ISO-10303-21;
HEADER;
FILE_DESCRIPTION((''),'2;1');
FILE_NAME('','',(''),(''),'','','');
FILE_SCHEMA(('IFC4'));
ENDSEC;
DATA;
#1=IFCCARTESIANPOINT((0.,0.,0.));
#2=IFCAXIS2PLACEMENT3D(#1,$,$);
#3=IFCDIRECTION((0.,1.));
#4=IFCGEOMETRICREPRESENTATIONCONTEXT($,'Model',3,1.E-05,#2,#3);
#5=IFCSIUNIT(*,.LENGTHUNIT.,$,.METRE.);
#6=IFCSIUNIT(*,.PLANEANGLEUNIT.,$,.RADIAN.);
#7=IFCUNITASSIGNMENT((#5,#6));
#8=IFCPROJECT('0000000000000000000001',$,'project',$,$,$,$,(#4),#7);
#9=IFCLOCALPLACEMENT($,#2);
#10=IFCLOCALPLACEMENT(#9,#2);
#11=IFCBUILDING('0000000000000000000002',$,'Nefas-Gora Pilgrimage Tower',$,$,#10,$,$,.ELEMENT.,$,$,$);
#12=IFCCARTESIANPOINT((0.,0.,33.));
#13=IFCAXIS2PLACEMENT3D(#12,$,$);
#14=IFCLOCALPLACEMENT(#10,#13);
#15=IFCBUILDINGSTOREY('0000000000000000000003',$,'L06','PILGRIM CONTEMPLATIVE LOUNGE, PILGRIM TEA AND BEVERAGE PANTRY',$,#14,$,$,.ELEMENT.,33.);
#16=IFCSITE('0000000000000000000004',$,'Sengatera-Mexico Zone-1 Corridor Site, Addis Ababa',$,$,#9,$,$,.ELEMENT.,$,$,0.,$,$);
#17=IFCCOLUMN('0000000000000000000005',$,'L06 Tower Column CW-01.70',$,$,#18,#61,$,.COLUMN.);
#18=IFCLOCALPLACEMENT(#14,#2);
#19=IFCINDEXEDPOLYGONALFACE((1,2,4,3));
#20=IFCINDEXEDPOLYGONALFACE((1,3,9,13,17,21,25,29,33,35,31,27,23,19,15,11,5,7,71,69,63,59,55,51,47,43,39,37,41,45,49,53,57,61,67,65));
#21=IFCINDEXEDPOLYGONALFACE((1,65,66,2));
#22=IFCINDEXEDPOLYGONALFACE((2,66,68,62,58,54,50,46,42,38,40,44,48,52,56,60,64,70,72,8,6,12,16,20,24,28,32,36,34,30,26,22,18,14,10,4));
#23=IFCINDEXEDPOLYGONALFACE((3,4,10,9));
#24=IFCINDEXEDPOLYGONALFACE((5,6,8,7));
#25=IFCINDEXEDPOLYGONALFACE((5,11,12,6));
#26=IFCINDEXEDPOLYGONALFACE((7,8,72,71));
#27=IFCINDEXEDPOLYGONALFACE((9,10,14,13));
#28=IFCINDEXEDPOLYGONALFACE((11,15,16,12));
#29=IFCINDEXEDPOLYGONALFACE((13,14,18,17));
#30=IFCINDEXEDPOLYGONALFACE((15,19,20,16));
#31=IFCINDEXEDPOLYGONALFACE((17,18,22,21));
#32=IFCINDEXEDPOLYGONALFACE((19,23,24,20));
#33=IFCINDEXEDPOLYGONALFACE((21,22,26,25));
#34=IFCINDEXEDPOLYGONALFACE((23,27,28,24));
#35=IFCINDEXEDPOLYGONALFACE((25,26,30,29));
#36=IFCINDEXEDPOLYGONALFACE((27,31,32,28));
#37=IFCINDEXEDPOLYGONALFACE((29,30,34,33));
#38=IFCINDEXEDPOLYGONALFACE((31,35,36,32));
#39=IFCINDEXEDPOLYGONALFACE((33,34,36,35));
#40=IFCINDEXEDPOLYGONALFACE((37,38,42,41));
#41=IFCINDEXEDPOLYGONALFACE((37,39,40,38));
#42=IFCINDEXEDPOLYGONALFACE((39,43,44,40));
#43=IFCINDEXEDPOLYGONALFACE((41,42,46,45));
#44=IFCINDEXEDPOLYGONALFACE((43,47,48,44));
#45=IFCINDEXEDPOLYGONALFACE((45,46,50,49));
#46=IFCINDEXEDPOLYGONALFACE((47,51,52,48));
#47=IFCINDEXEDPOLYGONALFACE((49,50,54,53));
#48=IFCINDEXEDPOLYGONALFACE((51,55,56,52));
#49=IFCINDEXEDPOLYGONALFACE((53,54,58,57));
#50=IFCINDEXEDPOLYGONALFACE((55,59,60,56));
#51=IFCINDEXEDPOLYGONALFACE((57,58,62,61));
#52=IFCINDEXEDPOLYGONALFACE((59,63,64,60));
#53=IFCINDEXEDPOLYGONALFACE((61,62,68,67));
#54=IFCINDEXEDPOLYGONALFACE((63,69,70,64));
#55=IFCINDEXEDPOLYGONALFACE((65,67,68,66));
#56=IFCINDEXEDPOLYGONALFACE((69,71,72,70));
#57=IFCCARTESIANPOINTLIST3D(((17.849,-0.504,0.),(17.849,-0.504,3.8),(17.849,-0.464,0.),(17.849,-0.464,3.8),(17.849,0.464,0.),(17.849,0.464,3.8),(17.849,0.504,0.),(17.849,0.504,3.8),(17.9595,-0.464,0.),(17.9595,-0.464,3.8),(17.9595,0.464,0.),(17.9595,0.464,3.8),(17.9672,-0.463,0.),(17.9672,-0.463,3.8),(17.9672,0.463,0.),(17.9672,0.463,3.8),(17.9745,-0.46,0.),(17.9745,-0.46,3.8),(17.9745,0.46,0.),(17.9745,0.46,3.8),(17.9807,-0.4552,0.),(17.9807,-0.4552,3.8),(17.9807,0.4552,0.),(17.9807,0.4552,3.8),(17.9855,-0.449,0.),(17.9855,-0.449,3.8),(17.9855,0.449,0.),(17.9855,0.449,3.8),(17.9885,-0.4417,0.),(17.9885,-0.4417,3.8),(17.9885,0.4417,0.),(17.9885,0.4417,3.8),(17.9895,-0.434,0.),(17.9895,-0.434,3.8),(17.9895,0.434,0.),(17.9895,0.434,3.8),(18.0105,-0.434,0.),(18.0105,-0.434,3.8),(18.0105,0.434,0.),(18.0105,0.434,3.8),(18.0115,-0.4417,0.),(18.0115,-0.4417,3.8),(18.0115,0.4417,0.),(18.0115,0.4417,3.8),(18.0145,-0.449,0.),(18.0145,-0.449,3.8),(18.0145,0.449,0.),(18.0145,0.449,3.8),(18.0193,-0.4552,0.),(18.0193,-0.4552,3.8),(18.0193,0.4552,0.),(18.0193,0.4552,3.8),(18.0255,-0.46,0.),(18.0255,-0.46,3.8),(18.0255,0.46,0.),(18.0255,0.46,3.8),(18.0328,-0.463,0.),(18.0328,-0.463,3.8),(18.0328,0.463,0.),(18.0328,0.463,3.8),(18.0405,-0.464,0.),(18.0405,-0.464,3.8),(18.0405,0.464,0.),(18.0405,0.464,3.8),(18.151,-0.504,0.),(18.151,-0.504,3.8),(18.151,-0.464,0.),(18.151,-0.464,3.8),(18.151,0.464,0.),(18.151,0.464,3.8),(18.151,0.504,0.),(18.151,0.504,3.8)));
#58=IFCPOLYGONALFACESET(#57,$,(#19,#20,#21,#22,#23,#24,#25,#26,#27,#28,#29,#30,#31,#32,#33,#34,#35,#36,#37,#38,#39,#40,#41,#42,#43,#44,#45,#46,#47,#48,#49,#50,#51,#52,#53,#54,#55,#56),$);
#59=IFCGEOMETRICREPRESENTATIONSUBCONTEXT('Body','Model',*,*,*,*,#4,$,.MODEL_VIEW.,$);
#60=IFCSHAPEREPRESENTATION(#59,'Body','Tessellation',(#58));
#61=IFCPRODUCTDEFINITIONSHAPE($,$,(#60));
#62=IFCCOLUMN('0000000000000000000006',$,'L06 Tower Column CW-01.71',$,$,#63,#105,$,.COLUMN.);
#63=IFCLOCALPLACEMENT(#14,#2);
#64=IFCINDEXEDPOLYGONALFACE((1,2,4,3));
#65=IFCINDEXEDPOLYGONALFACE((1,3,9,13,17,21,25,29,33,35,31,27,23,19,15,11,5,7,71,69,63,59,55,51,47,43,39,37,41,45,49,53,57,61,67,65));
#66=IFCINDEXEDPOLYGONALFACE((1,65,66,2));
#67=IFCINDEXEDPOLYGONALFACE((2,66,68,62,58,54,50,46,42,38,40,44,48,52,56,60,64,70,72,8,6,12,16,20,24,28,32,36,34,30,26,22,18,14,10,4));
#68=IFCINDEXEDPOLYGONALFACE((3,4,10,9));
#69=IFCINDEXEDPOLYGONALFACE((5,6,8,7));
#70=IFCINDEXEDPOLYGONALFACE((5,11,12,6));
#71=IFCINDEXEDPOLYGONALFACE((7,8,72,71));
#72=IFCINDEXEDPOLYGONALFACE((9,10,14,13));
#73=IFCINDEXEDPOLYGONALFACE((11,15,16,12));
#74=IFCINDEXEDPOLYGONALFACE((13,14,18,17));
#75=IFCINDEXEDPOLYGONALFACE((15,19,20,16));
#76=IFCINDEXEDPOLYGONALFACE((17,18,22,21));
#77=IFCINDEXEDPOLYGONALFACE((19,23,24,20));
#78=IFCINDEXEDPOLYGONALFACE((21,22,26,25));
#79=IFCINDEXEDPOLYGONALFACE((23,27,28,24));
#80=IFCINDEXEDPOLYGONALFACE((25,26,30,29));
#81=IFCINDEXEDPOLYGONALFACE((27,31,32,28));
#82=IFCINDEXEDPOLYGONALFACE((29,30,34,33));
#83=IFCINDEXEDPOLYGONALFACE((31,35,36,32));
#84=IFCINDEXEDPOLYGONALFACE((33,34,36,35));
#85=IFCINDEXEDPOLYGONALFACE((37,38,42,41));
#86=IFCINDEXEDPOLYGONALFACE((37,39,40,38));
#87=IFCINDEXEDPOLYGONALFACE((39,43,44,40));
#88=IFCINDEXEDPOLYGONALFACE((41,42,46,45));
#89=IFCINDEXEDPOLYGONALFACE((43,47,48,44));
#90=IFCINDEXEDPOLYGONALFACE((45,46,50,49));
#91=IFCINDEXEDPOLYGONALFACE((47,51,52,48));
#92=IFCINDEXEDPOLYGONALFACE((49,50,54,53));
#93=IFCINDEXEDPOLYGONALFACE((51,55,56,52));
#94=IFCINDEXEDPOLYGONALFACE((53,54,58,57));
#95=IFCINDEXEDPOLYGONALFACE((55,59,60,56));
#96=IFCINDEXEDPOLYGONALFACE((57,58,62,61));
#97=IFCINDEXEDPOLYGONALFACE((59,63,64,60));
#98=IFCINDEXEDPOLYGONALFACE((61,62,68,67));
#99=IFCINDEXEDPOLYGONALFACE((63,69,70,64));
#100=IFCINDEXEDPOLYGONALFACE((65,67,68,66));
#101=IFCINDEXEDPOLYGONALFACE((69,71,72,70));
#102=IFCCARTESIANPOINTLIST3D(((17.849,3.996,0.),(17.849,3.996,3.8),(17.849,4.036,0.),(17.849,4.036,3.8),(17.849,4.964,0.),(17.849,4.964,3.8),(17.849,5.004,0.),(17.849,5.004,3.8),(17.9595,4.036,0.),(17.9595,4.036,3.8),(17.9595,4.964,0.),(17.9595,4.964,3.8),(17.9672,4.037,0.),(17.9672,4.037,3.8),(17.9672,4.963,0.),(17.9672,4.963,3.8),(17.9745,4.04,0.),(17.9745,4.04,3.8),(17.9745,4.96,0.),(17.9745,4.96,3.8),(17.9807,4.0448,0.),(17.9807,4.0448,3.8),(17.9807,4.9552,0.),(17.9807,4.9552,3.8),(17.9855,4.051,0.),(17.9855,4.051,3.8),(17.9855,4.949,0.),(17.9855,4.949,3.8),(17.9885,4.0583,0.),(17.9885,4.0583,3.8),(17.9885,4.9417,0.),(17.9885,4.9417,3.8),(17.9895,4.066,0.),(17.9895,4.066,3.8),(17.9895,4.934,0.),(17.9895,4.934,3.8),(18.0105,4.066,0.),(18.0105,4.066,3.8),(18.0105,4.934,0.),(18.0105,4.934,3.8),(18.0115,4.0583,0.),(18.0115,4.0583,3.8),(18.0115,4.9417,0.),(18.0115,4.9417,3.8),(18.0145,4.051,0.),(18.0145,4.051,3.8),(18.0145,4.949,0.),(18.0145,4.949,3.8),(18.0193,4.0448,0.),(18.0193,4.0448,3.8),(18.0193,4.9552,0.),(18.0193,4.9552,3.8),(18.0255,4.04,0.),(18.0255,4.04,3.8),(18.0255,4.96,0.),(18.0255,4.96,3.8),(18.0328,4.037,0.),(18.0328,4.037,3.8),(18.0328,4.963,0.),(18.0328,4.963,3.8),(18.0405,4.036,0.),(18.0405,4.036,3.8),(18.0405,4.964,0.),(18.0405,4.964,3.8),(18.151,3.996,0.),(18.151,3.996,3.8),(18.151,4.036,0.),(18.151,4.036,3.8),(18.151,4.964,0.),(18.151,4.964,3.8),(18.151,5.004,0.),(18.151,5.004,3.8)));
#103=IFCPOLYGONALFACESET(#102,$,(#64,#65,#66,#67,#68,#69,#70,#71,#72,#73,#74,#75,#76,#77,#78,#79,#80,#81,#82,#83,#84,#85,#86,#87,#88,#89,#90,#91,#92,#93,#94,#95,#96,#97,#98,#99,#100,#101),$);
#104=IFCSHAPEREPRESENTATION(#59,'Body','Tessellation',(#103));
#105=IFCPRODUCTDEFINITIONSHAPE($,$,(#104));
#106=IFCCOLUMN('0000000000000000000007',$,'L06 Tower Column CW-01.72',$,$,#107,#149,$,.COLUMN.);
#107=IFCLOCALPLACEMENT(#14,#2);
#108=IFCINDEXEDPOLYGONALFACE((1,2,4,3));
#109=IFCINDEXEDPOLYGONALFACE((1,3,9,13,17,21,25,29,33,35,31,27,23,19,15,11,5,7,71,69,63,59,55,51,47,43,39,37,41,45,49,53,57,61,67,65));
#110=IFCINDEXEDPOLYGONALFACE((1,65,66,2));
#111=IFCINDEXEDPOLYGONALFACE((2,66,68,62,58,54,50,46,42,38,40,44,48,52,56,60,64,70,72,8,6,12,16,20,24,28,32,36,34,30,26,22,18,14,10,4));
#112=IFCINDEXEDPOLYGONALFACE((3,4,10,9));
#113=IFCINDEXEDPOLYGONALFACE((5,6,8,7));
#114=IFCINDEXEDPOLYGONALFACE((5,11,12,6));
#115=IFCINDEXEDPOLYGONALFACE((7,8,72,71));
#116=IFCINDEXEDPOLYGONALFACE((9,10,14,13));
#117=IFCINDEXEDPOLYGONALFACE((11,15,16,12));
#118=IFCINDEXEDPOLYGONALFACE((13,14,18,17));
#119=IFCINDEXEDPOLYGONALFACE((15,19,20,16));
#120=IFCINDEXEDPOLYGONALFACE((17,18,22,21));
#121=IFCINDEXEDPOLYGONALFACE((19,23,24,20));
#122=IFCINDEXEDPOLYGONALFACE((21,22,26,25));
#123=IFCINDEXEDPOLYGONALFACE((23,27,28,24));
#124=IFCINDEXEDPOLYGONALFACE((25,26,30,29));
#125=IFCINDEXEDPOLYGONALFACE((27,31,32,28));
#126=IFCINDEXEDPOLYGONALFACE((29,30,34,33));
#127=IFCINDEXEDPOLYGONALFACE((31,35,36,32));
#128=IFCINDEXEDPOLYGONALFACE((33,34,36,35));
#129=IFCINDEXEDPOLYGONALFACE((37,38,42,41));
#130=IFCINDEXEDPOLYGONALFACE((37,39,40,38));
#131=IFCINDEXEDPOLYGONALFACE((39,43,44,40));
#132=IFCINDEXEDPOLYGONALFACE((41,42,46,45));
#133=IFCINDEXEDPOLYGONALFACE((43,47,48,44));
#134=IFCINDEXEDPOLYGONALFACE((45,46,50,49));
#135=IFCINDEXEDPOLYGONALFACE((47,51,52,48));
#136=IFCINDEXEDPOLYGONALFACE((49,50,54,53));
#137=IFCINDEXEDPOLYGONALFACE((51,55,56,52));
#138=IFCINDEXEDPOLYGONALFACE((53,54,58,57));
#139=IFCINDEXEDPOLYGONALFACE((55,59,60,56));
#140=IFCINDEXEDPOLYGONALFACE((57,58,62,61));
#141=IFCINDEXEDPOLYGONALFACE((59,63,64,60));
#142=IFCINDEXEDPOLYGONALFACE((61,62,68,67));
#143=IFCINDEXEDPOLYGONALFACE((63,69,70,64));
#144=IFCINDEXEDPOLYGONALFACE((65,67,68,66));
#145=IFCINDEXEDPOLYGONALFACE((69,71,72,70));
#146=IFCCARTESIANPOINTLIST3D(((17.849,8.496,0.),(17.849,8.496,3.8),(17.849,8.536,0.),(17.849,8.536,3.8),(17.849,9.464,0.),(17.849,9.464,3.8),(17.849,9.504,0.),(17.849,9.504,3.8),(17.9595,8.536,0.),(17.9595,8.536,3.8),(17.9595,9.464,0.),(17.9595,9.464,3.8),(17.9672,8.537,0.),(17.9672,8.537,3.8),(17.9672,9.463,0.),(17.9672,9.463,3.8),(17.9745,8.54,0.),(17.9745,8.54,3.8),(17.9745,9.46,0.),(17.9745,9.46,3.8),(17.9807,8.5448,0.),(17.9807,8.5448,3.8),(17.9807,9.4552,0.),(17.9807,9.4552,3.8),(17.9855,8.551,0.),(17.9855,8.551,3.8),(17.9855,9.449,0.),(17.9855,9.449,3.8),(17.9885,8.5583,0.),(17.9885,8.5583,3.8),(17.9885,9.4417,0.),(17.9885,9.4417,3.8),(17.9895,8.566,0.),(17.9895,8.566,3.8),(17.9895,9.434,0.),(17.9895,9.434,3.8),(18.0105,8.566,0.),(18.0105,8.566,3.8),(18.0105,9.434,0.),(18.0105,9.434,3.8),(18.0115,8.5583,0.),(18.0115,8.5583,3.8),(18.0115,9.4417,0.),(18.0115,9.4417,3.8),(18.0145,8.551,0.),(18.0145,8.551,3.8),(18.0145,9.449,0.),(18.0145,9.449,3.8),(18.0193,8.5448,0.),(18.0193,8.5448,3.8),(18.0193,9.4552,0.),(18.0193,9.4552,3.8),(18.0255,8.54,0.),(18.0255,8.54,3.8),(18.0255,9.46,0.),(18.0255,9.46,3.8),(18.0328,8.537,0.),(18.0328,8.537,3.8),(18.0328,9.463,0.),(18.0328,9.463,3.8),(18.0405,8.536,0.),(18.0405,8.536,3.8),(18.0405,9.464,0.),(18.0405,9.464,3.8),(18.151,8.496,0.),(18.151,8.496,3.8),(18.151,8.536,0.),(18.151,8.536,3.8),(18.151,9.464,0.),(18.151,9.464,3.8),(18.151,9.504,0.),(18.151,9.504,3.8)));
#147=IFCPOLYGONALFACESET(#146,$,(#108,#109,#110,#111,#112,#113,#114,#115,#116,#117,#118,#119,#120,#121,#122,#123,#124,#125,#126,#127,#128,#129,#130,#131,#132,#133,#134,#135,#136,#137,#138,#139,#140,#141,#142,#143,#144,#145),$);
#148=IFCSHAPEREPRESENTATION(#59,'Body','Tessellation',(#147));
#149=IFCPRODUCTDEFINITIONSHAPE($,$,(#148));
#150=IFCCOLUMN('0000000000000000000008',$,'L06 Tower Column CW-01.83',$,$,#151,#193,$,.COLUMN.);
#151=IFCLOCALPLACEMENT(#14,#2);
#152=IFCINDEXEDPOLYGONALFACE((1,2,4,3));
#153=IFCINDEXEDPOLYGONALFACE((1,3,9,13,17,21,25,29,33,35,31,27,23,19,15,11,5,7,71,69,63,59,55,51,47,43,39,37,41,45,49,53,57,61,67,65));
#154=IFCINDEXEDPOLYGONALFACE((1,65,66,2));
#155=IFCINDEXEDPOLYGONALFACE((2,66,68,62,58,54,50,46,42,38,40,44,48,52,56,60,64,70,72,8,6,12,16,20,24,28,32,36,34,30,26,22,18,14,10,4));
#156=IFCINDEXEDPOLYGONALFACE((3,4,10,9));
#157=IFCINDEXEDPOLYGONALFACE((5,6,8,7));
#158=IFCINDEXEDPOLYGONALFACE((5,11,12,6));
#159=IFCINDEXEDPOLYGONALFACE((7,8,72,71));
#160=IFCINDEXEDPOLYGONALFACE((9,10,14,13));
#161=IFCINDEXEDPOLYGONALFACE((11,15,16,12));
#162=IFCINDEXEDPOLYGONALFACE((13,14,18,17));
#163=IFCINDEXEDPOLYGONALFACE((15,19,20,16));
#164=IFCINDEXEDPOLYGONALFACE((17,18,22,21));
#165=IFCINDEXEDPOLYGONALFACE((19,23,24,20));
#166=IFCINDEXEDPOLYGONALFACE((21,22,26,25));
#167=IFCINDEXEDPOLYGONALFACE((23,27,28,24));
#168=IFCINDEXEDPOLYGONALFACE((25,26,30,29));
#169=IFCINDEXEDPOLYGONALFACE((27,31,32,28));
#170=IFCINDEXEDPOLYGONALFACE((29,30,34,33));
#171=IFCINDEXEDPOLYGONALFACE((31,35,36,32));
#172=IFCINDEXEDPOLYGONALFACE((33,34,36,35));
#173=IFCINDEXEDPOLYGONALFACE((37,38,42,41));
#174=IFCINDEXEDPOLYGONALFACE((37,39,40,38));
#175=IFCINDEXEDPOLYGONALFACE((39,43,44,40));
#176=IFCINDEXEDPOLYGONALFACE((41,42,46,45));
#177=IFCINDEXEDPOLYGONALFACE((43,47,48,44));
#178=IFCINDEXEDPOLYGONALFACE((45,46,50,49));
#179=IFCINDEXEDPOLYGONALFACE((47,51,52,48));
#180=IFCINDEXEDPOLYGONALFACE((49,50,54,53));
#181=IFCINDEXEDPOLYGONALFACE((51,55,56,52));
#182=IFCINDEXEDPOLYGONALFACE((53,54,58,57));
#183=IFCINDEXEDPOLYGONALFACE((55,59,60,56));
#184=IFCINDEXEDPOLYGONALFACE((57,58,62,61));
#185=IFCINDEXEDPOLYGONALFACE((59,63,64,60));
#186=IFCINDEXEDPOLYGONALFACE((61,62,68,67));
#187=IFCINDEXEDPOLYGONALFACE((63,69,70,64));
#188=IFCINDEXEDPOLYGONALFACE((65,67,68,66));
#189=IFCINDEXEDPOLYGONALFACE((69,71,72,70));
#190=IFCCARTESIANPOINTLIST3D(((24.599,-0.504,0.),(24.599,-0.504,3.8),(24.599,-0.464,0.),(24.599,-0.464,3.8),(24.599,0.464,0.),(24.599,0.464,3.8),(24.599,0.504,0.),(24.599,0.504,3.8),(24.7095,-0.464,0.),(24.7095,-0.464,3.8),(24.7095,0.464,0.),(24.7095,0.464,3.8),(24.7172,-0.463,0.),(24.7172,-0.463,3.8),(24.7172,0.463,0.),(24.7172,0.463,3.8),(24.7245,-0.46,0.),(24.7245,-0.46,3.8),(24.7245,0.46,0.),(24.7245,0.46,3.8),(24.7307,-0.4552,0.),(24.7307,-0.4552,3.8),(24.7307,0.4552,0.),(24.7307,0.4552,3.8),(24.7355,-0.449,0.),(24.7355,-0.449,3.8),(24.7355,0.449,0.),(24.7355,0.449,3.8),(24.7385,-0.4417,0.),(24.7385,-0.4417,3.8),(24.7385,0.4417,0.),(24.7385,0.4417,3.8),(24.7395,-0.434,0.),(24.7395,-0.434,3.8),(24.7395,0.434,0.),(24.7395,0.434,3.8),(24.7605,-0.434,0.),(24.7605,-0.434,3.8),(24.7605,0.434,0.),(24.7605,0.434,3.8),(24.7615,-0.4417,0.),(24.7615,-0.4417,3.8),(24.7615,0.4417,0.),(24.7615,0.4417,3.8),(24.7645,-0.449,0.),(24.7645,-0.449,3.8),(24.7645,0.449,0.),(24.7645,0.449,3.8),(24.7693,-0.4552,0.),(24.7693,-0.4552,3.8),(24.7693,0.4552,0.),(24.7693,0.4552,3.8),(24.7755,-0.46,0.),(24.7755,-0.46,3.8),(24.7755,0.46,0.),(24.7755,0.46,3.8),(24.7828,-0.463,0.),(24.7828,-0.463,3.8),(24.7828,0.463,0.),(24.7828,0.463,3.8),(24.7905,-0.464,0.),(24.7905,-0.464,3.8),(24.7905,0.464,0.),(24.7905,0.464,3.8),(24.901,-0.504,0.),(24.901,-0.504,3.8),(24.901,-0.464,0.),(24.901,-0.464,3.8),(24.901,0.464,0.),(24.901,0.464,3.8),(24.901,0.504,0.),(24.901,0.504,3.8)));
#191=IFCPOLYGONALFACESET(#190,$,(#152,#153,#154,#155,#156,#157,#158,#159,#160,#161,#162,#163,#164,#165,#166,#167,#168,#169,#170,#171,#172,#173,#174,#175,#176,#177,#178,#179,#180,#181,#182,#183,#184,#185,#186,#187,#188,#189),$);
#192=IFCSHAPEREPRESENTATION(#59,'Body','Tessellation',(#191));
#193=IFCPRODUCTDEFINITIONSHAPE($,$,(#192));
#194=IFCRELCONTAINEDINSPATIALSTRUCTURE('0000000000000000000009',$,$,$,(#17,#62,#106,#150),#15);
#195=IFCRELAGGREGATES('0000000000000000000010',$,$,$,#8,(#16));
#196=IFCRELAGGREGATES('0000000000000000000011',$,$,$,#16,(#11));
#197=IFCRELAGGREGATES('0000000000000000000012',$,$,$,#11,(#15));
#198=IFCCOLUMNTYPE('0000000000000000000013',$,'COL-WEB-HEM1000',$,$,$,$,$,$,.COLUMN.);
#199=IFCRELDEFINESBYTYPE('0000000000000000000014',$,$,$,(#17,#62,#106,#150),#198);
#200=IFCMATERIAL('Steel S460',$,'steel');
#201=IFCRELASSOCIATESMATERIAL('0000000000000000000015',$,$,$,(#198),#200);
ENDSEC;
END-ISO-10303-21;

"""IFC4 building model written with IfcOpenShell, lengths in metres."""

from ifc_helpers import new_model, si_unit, direction, frame, origin, origin_2d, place, context, subcontext, project, spatial, i_section, extrude, source, transform, mapped, material, material_profile, profile_set, type_object, element, save


model = new_model("IFC4")

# Units and contexts
model_context = context("Model", 3, precision=1e-05, world=origin(), true_north=direction((0.0, 1.0)))
body_context = subcontext(model_context, "Body", "Model", "MODEL_VIEW")
ifc_project = project(units=[si_unit("LENGTHUNIT", "METRE"), si_unit("PLANEANGLEUNIT", "RADIAN")], contexts=[model_context])

# Site, building, storey
site_placement = place(None, origin())
site = spatial("IfcSite", under=ifc_project, at=site_placement, Name="Sengatera-Mexico Zone-1 Corridor Site, Addis Ababa", CompositionType="ELEMENT", RefElevation=0.0)
building_placement = place(site_placement, origin())
building = spatial("IfcBuilding", under=site, at=building_placement, Name="Nefas-Gora Pilgrimage Tower", CompositionType="ELEMENT")
storey_placement = place(building_placement, frame((0.0, 0.0, 33.0)))
storey = spatial("IfcBuildingStorey", under=building, at=storey_placement, Name="L06", Description="PILGRIM CONTEMPLATIVE LOUNGE, PILGRIM TEA AND BEVERAGE PANTRY", CompositionType="ELEMENT", Elevation=33.0)

# Columns
ifc_material_1 = material(Name="Steel S460", Category="steel")
ifc_material_profile_1 = material_profile(ifc_material_1, i_section(OverallWidth=0.302, OverallDepth=1.0081, WebThickness=0.021, FlangeThickness=0.04, FilletRadius=0.03, at=origin_2d()), Name="HEM 1000")
ifc_profile_set_1 = profile_set([ifc_material_profile_1], Name="Steel S460")
column_type_1 = type_object("IfcColumnType", Name="COL-WEB-HEM1000", PredefinedType="COLUMN", material=ifc_profile_set_1)
shared_shape_1 = source(origin(), body_context, "Body", "SweptSolid", [
    extrude(i_section(OverallWidth=0.302, OverallDepth=1.0081, WebThickness=0.021, FlangeThickness=0.04, FilletRadius=0.03, at=origin_2d()), origin(), (0.0, 0.0, 1.0), 3.8),
])
for number, where, z_axis, x_axis, name in (
    (1, (18.0, 0.0, 0.0), (0.0, 0.0, 1.0), (1.0, 0.0, 0.0), "L06 Tower Column CW-01.70"),
    (2, (18.0, 4.5, 0.0), (0.0, 0.0, 1.0), (1.0, 0.0, 0.0), "L06 Tower Column CW-01.71"),
    (3, (18.0, 9.0, 0.0), (0.0, 0.0, 1.0), (1.0, 0.0, 0.0), "L06 Tower Column CW-01.72"),
    (4, (24.75, 0.0, 0.0), (0.0, 0.0, 1.0), (1.0, 0.0, 0.0), "L06 Tower Column CW-01.83"),
):
    element("IfcColumn", number, at=place(storey_placement, frame(where, z_axis=z_axis, x_axis=x_axis)), inside=storey, type_object=column_type_1, Name=name, PredefinedType="COLUMN", context=body_context, shape_type="MappedRepresentation", body=[
        mapped(shared_shape_1, transform((0.0, 0.0, 0.0), x_axis=(1.0, 0.0, 0.0), y_axis=(0.0, 1.0, 0.0), z_axis=(0.0, 0.0, 1.0), scale=1.0)),
    ])

save(model, "model.ifc")
